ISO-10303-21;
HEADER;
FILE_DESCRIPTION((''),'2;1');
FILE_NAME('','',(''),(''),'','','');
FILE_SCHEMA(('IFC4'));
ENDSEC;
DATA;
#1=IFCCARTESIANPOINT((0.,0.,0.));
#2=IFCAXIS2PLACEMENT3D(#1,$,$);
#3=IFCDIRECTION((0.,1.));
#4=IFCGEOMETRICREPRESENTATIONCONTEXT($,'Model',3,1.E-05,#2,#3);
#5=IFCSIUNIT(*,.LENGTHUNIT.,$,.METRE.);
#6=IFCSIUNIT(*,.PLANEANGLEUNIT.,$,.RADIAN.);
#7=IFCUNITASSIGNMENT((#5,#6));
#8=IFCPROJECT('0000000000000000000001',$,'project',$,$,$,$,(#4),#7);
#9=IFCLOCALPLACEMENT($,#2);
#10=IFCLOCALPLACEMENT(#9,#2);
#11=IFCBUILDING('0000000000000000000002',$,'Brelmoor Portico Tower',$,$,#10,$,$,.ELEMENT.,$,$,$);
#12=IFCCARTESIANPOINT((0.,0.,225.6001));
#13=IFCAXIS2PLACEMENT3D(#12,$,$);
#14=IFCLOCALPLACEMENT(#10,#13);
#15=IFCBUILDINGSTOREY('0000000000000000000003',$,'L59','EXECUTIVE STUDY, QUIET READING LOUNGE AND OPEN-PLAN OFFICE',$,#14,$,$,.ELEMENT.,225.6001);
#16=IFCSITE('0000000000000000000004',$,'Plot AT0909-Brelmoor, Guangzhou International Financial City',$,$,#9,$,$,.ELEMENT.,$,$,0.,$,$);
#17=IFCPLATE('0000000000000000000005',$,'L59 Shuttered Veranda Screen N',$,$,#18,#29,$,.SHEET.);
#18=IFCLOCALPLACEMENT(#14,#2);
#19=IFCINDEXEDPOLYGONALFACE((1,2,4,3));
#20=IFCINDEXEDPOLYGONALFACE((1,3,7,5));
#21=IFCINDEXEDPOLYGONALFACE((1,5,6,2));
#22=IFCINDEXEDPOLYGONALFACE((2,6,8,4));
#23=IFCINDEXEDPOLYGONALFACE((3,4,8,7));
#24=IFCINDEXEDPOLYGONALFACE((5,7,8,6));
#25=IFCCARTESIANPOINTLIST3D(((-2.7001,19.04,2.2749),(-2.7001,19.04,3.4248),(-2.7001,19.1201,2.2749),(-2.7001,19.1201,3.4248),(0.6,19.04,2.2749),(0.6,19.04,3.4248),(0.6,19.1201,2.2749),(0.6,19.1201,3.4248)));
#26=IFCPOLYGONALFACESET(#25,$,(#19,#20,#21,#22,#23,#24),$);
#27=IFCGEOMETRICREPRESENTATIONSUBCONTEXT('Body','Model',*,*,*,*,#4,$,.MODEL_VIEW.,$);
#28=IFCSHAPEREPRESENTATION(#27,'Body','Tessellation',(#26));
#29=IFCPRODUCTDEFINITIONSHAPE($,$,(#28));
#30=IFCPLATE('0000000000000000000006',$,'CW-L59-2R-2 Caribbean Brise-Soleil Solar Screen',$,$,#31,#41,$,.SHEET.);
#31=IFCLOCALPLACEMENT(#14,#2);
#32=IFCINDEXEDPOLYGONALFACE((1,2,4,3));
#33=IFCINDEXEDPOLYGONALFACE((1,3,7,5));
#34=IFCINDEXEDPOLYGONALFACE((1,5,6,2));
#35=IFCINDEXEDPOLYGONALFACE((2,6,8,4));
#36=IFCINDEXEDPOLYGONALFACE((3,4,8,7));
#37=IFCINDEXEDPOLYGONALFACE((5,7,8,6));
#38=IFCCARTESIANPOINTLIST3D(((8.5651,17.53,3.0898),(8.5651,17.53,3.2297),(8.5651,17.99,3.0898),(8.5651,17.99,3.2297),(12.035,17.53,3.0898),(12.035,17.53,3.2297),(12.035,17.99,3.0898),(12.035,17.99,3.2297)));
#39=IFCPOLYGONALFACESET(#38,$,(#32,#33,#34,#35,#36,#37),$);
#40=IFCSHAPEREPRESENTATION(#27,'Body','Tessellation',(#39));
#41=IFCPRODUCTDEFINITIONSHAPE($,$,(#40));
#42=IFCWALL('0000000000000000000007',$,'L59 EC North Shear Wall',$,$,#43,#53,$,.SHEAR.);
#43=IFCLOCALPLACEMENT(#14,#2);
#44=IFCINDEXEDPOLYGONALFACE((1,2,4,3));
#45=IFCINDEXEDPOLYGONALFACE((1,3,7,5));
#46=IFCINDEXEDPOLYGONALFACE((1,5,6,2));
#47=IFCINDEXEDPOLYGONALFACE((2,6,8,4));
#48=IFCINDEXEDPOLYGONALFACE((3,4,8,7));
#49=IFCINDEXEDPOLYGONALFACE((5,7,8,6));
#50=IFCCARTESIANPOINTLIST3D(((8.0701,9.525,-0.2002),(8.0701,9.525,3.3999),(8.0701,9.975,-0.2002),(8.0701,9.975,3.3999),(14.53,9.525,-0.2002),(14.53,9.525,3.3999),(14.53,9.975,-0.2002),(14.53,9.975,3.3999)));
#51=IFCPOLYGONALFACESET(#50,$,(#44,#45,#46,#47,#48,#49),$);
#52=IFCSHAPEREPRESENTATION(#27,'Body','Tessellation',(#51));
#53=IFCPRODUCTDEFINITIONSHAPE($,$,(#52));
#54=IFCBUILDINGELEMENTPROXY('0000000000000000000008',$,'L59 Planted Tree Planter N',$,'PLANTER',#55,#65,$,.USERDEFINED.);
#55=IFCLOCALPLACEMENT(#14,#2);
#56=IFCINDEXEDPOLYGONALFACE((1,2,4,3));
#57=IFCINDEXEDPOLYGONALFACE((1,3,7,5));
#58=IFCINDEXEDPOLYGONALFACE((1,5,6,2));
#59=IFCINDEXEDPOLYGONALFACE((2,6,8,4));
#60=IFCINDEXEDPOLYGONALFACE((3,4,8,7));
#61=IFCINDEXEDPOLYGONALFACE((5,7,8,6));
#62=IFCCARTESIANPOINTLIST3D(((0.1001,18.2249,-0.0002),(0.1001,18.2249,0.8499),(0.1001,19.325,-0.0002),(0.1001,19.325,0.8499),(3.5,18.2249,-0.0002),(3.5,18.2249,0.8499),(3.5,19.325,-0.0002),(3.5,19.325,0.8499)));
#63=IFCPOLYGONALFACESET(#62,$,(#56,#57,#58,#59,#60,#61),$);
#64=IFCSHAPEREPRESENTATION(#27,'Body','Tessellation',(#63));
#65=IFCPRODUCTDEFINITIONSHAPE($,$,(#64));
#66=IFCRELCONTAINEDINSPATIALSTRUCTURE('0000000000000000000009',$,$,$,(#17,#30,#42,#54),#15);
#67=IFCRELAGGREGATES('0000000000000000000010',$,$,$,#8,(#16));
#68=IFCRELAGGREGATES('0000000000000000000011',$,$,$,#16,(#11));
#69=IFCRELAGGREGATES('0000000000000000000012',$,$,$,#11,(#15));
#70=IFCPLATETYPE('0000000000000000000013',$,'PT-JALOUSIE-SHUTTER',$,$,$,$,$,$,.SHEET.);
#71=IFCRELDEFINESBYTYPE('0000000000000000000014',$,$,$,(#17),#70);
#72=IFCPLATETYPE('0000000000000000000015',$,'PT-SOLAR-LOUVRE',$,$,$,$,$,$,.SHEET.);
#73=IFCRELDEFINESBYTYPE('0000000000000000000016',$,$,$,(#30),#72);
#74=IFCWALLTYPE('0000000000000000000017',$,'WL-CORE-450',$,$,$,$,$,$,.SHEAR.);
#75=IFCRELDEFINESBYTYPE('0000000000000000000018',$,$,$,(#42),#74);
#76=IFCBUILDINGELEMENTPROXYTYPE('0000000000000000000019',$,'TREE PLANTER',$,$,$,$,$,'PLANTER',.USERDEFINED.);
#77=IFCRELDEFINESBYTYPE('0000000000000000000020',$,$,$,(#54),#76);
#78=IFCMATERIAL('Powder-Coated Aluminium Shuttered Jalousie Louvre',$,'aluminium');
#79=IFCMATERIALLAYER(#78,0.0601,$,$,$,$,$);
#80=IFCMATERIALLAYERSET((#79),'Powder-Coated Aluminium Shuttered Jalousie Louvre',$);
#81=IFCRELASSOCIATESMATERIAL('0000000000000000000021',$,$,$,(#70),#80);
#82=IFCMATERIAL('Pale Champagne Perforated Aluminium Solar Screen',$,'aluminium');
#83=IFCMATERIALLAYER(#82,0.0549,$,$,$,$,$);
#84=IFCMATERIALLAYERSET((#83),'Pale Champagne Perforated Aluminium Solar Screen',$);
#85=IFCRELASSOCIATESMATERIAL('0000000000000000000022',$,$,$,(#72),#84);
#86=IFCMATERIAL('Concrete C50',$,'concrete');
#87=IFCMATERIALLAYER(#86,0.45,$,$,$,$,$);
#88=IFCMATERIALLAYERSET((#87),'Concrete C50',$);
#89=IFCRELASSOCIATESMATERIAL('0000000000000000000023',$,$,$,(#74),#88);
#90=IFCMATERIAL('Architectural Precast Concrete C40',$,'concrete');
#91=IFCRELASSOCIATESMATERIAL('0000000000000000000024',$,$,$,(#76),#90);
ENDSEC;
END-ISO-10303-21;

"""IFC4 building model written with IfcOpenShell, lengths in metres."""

from ifc_helpers import new_model, si_unit, direction, frame, frame_2d, origin, origin_2d, place, context, subcontext, project, spatial, rectangle, extrude, material, layer, layer_set, type_object, element, save


model = new_model("IFC4")

# Units and contexts
model_context = context("Model", 3, precision=1e-05, world=origin(), true_north=direction((0.0, 1.0)))
body_context = subcontext(model_context, "Body", "Model", "MODEL_VIEW")
ifc_project = project(units=[si_unit("LENGTHUNIT", "METRE"), si_unit("PLANEANGLEUNIT", "RADIAN")], contexts=[model_context])

# Site, building, storey
site_placement = place(None, origin())
site = spatial("IfcSite", under=ifc_project, at=site_placement, Name="Plot AT0909-Brelmoor, Guangzhou International Financial City", CompositionType="ELEMENT", RefElevation=0.0)
building_placement = place(site_placement, origin())
building = spatial("IfcBuilding", under=site, at=building_placement, Name="Brelmoor Portico Tower", CompositionType="ELEMENT")
storey_placement = place(building_placement, frame((0.0, 0.0, 225.6001)))
storey = spatial("IfcBuildingStorey", under=building, at=storey_placement, Name="L59", Description="EXECUTIVE STUDY, QUIET READING LOUNGE AND OPEN-PLAN OFFICE", CompositionType="ELEMENT", Elevation=225.6001)

# Plates
ifc_material_1 = material(Name="Powder-Coated Aluminium Shuttered Jalousie Louvre", Category="aluminium")
ifc_layer_1 = layer(ifc_material_1, 0.0601)
ifc_layer_set_1 = layer_set([ifc_layer_1], Name="Powder-Coated Aluminium Shuttered Jalousie Louvre")
plate_type_1 = type_object("IfcPlateType", Name="PT-JALOUSIE-SHUTTER", PredefinedType="SHEET", material=ifc_layer_set_1)
plate_1_placement = place(storey_placement, frame((-1.05, 19.0801, 2.2749), z_axis=(0.0, 0.0, 1.0), x_axis=(1.0, 0.0, 0.0)))
element("IfcPlate", 1, at=plate_1_placement, inside=storey, type_object=plate_type_1, Name="L59 Shuttered Veranda Screen N", PredefinedType="SHEET", context=body_context, shape_type="SweptSolid", body=[
    extrude(rectangle(XDim=3.3, YDim=0.0801, at=origin_2d()), origin(), (0.0, 0.0, 1.0), 1.1499),
])
ifc_material_2 = material(Name="Pale Champagne Perforated Aluminium Solar Screen", Category="aluminium")
ifc_layer_2 = layer(ifc_material_2, 0.0549)
ifc_layer_set_2 = layer_set([ifc_layer_2], Name="Pale Champagne Perforated Aluminium Solar Screen")
plate_type_2 = type_object("IfcPlateType", Name="PT-SOLAR-LOUVRE", PredefinedType="SHEET", material=ifc_layer_set_2)
plate_2_placement = place(storey_placement, frame((10.3, 17.76, 3.0898), z_axis=(0.0, 0.0, 1.0), x_axis=(1.0, 0.0, 0.0)))
element("IfcPlate", 2, at=plate_2_placement, inside=storey, type_object=plate_type_2, Name="CW-L59-2R-2 Caribbean Brise-Soleil Solar Screen", PredefinedType="SHEET", context=body_context, shape_type="SweptSolid", body=[
    extrude(rectangle(XDim=3.47, YDim=0.46, at=origin_2d()), origin(), (0.0, 0.0, 1.0), 0.1399),
])

# Wall
ifc_material_3 = material(Name="Concrete C50", Category="concrete")
ifc_layer_3 = layer(ifc_material_3, 0.45)
ifc_layer_set_3 = layer_set([ifc_layer_3], Name="Concrete C50")
wall_type = type_object("IfcWallType", Name="WL-CORE-450", PredefinedType="SHEAR", material=ifc_layer_set_3)
wall_placement = place(storey_placement, frame((8.0701, 9.75, -0.2002), z_axis=(0.0, 0.0, 1.0), x_axis=(1.0, 0.0, 0.0)))
element("IfcWall", 3, at=wall_placement, inside=storey, type_object=wall_type, Name="L59 EC North Shear Wall", PredefinedType="SHEAR", context=body_context, shape_type="SweptSolid", body=[
    extrude(rectangle(XDim=6.46, YDim=0.45, at=frame_2d((3.23, 0.0))), origin(), (0.0, 0.0, 1.0), 3.6001),
])

# Building element proxy
ifc_material_4 = material(Name="Architectural Precast Concrete C40", Category="concrete")
building_element_proxy_type = type_object("IfcBuildingElementProxyType", Name="TREE PLANTER", ElementType="PLANTER", PredefinedType="USERDEFINED", material=ifc_material_4)
proxy_placement = place(storey_placement, frame((1.8, 18.7749, -0.0002), z_axis=(0.0, 0.0, 1.0), x_axis=(1.0, 0.0, 0.0)))
element("IfcBuildingElementProxy", 4, at=proxy_placement, inside=storey, type_object=building_element_proxy_type, Name="L59 Planted Tree Planter N", ObjectType="PLANTER", PredefinedType="USERDEFINED", context=body_context, shape_type="SweptSolid", body=[
    extrude(rectangle(XDim=3.3999, YDim=1.1001, at=origin_2d()), origin(), (0.0, 0.0, 1.0), 0.8501),
])

save(model, "model.ifc")
